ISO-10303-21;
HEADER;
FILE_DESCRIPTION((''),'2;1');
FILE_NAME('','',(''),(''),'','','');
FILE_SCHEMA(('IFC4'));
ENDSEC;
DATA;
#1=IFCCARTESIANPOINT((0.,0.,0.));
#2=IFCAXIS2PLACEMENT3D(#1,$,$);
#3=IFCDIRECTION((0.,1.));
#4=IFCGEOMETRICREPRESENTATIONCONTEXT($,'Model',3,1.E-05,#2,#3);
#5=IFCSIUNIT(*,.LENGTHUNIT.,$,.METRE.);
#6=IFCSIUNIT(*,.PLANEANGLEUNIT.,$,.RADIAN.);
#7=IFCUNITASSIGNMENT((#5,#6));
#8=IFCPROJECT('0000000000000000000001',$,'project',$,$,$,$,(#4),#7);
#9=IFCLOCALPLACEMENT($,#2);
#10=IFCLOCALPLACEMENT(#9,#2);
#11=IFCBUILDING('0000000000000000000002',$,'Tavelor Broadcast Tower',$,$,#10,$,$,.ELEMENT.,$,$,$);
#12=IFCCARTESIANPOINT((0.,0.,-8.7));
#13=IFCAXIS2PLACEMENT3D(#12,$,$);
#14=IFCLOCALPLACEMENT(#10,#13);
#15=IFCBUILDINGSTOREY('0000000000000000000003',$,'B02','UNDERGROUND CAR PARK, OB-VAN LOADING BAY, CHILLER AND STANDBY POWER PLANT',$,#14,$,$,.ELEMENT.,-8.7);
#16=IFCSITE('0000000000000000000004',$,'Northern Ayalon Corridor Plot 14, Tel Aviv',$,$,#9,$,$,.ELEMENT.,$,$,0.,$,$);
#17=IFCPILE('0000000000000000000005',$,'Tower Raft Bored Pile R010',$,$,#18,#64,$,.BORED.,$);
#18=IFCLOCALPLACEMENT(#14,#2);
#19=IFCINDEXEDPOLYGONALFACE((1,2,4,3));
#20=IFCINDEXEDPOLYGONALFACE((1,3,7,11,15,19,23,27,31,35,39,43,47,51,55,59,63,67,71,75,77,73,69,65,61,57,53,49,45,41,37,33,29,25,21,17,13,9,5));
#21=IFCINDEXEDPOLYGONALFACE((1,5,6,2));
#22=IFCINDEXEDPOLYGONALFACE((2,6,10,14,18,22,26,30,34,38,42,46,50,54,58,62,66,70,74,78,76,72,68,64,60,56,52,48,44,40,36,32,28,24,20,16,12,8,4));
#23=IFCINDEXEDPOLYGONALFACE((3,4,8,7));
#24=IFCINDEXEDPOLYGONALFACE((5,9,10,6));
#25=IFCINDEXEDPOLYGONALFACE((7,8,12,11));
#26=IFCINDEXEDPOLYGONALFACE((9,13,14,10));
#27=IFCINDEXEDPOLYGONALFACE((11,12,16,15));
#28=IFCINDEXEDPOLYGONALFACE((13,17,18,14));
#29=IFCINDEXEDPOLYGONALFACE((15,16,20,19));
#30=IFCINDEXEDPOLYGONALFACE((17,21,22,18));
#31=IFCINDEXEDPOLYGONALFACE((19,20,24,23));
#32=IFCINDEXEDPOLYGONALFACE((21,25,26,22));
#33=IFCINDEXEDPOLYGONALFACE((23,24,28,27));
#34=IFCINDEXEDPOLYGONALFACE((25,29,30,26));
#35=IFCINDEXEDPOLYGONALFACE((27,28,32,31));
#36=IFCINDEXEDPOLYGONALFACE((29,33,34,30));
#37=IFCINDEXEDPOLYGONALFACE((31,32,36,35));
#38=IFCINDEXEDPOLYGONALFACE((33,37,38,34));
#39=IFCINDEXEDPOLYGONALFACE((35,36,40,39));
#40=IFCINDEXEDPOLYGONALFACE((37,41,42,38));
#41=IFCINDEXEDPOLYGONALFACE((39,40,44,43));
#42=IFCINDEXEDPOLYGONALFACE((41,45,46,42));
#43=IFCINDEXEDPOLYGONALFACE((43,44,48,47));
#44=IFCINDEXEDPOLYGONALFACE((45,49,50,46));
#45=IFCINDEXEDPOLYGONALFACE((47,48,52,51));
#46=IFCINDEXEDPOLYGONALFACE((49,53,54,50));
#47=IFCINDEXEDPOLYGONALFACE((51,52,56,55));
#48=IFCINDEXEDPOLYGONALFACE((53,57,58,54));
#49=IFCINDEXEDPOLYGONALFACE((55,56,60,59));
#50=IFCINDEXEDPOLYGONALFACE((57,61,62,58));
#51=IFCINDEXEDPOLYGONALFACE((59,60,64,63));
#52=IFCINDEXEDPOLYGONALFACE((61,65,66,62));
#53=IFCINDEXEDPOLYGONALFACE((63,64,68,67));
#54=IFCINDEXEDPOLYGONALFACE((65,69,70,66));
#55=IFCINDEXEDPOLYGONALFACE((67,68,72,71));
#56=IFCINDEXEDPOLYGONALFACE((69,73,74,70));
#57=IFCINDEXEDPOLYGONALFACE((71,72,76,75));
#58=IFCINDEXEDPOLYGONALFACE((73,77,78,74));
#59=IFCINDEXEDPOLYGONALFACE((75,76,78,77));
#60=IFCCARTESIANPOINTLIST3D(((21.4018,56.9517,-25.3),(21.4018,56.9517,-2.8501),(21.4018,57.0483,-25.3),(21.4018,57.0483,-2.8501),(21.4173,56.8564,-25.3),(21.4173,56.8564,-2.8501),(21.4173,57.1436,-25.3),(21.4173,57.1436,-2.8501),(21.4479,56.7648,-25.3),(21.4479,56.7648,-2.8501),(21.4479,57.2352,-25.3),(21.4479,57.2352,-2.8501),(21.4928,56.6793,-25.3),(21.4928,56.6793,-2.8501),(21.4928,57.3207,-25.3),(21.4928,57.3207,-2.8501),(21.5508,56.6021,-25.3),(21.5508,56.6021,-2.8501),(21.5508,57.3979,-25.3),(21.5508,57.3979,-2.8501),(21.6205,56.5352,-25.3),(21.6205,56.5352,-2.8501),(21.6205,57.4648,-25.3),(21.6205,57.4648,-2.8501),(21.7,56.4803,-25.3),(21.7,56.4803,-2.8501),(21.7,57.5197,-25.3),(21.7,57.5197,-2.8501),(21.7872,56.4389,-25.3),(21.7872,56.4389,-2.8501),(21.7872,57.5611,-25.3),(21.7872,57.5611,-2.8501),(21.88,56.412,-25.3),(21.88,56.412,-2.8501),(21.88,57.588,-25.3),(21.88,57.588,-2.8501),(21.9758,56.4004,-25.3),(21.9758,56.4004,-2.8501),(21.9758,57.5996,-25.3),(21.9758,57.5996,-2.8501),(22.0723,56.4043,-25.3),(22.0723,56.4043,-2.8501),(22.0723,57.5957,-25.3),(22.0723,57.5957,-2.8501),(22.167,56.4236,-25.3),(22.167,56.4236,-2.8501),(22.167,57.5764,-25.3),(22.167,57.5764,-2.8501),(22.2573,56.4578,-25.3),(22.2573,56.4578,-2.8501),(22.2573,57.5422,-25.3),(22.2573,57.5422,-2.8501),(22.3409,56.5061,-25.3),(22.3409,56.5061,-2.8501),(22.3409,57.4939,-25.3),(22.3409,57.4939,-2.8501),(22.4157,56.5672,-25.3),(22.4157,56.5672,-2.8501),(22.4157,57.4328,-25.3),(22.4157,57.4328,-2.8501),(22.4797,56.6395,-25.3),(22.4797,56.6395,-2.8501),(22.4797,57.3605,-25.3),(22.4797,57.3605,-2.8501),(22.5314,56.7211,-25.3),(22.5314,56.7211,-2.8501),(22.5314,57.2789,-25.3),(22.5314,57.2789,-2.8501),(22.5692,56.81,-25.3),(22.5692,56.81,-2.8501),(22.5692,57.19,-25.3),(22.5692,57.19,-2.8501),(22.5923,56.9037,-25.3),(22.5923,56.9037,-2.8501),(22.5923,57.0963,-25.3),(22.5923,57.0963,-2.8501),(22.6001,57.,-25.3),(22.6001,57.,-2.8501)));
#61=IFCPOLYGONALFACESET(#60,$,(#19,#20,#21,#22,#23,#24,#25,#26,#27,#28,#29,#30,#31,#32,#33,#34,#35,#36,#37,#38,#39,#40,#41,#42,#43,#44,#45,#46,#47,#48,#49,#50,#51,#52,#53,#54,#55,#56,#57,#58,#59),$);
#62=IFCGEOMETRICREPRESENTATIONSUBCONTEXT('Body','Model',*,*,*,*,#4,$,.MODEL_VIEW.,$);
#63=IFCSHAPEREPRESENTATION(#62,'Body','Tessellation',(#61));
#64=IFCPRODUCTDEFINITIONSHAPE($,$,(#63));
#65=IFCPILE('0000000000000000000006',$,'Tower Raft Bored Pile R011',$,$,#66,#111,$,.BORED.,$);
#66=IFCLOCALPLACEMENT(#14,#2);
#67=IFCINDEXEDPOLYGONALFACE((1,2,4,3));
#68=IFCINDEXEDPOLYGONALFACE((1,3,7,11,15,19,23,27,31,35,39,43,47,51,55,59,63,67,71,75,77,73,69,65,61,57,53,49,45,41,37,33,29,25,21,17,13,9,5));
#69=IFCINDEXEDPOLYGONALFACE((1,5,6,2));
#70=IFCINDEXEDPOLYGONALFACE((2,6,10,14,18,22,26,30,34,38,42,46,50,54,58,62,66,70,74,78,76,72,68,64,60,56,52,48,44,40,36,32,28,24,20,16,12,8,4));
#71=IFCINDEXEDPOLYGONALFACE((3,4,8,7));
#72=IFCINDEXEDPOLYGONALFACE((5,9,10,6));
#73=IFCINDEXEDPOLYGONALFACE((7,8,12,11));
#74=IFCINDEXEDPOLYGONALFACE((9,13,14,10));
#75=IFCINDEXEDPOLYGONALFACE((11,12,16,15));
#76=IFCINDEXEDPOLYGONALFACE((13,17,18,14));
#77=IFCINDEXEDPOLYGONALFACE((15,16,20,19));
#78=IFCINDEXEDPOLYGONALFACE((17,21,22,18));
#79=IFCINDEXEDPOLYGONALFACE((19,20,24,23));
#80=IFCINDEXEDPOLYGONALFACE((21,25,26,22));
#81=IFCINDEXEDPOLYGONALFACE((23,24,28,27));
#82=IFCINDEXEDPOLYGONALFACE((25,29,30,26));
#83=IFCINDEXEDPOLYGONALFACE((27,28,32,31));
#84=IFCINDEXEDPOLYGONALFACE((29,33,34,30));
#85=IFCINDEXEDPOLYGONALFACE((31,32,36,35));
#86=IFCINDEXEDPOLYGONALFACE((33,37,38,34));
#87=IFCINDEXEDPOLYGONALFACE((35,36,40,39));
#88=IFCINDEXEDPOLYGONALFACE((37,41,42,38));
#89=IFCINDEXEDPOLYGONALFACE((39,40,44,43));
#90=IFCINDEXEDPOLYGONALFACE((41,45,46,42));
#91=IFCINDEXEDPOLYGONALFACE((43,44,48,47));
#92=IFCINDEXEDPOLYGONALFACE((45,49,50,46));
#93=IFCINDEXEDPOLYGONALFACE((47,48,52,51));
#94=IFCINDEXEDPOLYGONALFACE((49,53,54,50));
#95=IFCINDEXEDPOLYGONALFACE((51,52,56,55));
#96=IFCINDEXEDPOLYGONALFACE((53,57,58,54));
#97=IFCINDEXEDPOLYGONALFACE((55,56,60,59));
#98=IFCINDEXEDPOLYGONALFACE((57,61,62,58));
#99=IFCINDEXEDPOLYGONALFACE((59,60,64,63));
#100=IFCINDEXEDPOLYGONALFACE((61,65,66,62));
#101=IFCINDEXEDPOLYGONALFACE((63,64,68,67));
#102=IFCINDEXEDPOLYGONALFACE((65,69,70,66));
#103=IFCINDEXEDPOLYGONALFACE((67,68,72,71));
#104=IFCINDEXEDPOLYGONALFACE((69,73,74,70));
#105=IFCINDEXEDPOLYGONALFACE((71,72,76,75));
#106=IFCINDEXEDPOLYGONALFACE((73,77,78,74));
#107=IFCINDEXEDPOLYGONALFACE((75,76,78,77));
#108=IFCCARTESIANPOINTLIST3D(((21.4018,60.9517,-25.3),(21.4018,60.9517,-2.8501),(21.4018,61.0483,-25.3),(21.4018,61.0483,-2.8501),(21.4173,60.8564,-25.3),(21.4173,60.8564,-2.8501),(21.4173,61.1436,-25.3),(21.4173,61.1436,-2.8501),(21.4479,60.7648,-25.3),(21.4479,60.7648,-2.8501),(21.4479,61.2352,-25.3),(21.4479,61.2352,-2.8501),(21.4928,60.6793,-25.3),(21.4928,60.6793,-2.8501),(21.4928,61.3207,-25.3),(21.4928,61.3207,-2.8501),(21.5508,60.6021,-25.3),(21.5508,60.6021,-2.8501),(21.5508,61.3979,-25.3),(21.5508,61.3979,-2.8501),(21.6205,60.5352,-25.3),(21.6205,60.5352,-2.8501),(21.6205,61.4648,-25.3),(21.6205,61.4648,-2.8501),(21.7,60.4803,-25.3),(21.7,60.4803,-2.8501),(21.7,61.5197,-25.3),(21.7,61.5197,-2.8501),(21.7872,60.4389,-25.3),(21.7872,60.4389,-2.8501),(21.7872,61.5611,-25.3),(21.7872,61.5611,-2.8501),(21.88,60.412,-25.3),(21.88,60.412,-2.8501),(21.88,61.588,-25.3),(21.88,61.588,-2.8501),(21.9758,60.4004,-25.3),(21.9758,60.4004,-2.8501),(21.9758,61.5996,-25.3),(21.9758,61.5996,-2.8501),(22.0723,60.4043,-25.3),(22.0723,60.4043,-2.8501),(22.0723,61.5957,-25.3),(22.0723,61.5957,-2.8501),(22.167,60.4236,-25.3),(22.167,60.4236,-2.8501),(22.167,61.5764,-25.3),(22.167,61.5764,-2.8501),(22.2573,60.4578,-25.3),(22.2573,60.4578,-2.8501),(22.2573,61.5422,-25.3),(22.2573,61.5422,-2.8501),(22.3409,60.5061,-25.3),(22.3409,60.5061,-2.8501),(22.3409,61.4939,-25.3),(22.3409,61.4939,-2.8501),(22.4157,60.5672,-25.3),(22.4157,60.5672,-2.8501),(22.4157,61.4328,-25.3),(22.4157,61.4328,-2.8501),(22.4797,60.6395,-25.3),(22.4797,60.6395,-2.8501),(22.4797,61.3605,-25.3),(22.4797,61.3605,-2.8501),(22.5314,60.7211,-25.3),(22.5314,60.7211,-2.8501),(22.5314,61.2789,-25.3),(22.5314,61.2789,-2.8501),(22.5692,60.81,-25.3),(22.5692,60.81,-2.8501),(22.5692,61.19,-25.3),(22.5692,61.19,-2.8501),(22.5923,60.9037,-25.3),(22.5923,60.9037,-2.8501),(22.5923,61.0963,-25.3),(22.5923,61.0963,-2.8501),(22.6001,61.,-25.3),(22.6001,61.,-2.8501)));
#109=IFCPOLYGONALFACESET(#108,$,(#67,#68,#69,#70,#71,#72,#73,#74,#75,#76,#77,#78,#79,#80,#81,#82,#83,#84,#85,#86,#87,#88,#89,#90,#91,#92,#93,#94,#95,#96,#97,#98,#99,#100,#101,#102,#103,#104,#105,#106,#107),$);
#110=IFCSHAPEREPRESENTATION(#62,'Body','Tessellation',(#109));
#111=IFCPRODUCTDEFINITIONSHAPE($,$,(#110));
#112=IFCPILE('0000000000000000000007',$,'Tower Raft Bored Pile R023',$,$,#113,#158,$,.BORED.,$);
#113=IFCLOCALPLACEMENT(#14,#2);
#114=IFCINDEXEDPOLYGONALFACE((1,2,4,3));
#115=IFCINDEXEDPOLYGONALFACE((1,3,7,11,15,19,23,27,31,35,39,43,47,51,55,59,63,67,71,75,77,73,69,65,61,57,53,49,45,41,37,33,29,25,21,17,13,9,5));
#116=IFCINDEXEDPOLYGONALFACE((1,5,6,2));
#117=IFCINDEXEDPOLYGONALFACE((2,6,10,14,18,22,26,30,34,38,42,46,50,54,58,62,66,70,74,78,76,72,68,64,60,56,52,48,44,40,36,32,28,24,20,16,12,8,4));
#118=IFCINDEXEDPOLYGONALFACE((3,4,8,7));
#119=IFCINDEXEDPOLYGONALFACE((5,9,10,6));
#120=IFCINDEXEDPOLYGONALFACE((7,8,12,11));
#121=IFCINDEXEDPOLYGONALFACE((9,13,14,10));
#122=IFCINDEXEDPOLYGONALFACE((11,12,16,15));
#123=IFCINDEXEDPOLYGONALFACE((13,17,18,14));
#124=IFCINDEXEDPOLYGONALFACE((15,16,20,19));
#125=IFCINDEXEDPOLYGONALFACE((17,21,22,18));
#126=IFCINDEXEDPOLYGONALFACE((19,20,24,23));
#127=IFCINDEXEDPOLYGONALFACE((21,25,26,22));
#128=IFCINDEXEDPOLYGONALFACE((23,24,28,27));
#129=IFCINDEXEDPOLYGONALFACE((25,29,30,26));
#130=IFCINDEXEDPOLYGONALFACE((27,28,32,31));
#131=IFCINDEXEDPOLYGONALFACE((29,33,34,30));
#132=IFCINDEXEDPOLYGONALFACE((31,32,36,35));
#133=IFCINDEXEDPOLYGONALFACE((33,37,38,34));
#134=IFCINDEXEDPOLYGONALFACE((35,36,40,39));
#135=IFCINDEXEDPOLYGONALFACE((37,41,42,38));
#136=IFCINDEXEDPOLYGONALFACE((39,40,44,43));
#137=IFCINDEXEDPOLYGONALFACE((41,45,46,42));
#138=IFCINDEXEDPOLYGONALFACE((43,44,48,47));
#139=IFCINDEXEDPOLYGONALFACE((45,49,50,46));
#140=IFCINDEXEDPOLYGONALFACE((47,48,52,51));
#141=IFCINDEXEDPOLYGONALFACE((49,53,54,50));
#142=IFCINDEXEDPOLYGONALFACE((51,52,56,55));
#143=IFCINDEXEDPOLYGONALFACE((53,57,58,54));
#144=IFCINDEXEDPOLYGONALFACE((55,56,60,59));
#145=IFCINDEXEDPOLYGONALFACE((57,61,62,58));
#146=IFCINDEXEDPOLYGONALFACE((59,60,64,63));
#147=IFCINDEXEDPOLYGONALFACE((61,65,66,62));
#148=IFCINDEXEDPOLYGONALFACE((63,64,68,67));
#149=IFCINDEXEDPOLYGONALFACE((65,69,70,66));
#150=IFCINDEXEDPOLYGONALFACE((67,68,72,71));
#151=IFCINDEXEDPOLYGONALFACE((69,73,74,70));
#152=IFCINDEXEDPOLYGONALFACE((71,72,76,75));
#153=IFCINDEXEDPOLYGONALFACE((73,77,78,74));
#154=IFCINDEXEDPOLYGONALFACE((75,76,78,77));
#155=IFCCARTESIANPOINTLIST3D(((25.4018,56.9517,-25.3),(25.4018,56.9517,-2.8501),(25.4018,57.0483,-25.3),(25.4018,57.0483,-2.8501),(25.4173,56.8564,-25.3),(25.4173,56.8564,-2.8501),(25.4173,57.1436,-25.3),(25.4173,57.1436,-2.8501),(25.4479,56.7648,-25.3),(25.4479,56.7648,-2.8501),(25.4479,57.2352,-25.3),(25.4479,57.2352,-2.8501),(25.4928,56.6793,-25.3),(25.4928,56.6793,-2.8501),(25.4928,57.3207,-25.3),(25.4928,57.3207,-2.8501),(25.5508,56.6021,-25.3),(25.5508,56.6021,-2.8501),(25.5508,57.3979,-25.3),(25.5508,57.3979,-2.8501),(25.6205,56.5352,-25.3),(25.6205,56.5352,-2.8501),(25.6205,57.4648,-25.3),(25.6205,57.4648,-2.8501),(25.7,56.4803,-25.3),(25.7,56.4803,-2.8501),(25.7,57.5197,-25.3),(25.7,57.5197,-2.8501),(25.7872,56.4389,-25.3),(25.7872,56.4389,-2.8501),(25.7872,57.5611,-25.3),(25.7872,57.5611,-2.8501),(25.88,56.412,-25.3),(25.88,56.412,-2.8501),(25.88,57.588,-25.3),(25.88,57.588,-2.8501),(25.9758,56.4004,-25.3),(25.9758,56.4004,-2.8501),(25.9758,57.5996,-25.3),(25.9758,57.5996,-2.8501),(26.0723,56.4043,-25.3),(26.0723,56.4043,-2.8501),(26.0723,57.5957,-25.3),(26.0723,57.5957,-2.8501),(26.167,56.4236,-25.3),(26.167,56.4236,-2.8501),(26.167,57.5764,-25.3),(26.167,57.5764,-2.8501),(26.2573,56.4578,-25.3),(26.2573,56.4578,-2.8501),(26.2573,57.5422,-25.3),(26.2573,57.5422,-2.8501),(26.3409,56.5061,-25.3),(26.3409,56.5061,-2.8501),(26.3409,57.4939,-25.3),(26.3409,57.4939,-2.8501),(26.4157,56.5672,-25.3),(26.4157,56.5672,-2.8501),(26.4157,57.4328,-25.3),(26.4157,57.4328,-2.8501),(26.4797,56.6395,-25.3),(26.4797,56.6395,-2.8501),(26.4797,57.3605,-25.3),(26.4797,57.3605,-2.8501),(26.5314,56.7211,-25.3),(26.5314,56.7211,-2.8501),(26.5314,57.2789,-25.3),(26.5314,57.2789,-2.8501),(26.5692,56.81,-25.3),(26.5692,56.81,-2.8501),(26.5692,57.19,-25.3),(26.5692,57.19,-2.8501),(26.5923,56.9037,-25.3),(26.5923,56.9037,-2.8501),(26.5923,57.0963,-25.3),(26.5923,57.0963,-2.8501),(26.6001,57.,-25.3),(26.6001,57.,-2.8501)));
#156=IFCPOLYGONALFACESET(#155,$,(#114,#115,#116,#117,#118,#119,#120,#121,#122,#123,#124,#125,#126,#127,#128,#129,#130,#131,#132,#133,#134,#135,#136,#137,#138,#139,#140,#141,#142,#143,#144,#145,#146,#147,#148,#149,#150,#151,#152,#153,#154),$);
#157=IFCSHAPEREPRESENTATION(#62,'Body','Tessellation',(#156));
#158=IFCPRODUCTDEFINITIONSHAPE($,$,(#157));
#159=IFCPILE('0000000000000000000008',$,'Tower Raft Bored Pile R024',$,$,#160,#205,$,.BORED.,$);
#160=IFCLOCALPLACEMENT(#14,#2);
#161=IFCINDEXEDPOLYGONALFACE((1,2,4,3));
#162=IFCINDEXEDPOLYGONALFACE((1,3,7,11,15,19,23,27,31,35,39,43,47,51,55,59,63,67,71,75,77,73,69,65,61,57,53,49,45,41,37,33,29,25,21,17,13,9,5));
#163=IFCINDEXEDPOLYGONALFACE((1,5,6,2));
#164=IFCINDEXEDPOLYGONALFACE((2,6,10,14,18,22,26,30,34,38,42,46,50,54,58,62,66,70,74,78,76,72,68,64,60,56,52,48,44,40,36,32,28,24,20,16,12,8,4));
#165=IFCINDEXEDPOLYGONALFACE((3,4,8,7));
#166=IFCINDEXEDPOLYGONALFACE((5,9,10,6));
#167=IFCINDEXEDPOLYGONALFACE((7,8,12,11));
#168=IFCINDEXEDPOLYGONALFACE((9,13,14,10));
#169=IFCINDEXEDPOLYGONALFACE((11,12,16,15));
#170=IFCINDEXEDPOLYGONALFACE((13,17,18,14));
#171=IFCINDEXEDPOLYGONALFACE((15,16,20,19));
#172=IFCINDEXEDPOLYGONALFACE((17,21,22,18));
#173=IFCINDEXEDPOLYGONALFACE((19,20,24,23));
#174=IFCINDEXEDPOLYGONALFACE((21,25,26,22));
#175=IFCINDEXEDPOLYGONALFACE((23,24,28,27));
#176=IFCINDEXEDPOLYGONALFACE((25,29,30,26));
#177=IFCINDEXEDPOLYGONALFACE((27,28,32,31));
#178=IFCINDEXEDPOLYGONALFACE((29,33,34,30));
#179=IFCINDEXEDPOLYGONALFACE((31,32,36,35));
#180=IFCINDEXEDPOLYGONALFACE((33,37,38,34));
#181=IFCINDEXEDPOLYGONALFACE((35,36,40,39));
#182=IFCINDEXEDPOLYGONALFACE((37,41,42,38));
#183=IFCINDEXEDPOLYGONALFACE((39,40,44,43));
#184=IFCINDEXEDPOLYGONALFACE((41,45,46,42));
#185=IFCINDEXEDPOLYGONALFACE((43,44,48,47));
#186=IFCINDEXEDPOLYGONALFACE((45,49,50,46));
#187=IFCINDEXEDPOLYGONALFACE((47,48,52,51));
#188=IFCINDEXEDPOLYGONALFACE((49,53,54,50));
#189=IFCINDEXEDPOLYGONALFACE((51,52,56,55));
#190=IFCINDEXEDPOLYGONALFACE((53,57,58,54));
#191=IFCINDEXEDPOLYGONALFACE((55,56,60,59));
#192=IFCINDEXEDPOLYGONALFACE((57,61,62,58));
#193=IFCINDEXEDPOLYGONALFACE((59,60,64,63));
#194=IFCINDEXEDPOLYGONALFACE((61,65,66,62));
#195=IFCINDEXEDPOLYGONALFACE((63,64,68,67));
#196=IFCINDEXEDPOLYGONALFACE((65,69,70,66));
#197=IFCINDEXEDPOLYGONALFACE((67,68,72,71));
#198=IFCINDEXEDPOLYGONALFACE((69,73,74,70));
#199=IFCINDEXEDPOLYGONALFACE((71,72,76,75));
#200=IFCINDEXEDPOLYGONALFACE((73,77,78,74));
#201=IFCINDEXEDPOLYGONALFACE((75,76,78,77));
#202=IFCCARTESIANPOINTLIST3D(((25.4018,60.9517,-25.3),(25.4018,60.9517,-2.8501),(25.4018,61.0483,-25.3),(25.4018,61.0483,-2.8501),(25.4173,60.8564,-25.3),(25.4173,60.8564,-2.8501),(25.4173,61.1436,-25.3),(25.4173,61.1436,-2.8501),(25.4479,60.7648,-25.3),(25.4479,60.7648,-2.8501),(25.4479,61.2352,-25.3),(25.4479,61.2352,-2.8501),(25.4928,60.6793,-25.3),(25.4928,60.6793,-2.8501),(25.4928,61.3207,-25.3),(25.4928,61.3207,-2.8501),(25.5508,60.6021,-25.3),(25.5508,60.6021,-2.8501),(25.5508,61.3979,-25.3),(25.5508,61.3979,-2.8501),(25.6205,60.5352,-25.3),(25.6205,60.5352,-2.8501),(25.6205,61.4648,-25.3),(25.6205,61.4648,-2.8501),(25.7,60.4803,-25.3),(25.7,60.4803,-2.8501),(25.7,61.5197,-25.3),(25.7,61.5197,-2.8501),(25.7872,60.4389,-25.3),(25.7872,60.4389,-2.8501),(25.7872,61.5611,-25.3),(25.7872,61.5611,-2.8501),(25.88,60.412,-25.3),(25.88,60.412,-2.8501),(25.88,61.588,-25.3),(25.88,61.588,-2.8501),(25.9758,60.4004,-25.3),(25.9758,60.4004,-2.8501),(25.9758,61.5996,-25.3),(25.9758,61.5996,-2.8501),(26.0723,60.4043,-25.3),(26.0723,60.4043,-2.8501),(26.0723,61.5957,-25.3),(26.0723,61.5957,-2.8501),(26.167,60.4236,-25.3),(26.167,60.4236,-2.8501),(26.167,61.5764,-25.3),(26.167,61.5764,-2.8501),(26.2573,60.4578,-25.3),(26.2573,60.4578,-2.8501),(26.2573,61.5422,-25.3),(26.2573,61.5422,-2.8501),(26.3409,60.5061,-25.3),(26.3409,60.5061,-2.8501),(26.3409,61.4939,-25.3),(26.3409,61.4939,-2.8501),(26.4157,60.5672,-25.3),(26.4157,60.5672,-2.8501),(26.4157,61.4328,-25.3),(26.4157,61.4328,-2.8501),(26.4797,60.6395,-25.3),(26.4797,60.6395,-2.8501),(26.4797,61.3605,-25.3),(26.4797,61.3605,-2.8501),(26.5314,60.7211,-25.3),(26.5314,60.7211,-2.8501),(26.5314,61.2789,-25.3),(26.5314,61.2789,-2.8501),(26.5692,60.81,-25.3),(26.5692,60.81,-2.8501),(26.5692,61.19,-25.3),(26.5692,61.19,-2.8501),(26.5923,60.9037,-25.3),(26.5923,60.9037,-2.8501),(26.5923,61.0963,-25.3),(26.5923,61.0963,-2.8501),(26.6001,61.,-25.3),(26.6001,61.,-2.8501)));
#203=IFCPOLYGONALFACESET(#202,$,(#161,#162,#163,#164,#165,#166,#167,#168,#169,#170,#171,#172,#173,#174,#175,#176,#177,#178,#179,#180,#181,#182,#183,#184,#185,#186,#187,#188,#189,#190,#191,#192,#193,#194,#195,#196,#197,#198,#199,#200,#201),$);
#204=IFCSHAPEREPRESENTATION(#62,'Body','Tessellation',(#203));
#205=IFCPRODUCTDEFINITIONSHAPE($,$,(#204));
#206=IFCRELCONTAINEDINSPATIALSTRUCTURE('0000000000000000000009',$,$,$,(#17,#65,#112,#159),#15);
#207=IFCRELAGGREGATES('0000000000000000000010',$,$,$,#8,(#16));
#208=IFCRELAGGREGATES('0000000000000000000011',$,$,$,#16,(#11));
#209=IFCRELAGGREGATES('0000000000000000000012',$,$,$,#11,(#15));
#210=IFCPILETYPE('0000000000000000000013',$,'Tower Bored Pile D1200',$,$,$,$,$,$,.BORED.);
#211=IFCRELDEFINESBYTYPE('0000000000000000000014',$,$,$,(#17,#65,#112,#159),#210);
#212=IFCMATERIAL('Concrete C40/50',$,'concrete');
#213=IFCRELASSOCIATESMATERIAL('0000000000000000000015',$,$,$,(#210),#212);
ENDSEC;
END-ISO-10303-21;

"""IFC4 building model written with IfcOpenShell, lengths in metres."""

from ifc_helpers import new_model, si_unit, direction, frame, origin, origin_2d, place, context, subcontext, project, spatial, circle, extrude, material, material_profile, profile_set, type_object, element, save


model = new_model("IFC4")

# Units and contexts
model_context = context("Model", 3, precision=1e-05, world=origin(), true_north=direction((0.0, 1.0)))
body_context = subcontext(model_context, "Body", "Model", "MODEL_VIEW")
ifc_project = project(units=[si_unit("LENGTHUNIT", "METRE"), si_unit("PLANEANGLEUNIT", "RADIAN")], contexts=[model_context])

# Site, building, storey
site_placement = place(None, origin())
site = spatial("IfcSite", under=ifc_project, at=site_placement, Name="Northern Ayalon Corridor Plot 14, Tel Aviv", CompositionType="ELEMENT", RefElevation=0.0)
building_placement = place(site_placement, origin())
building = spatial("IfcBuilding", under=site, at=building_placement, Name="Tavelor Broadcast Tower", CompositionType="ELEMENT")
storey_placement = place(building_placement, frame((0.0, 0.0, -8.7)))
storey = spatial("IfcBuildingStorey", under=building, at=storey_placement, Name="B02", Description="UNDERGROUND CAR PARK, OB-VAN LOADING BAY, CHILLER AND STANDBY POWER PLANT", CompositionType="ELEMENT", Elevation=-8.7)

# Piles
ifc_material_1 = material(Name="Concrete C40/50", Category="concrete")
ifc_material_profile_1 = material_profile(ifc_material_1, circle(Radius=0.6001, at=origin_2d()), Name="PILE D1200")
ifc_profile_set_1 = profile_set([ifc_material_profile_1], Name="Concrete C40/50")
pile_type = type_object("IfcPileType", Name="Tower Bored Pile D1200", PredefinedType="BORED", material=ifc_profile_set_1)
for number, where, z_axis, x_axis, name in (
    (1, (22.0, 57.0, -2.8501), (0.0, 0.0, -1.0), (1.0, 0.0, 0.0), "Tower Raft Bored Pile R010"),
    (2, (22.0, 61.0, -2.8501), (0.0, 0.0, -1.0), (1.0, 0.0, 0.0), "Tower Raft Bored Pile R011"),
    (3, (26.0, 57.0, -2.8501), (0.0, 0.0, -1.0), (1.0, 0.0, 0.0), "Tower Raft Bored Pile R023"),
    (4, (26.0, 61.0, -2.8501), (0.0, 0.0, -1.0), (1.0, 0.0, 0.0), "Tower Raft Bored Pile R024"),
):
    element("IfcPile", number, at=place(storey_placement, frame(where, z_axis=z_axis, x_axis=x_axis)), inside=storey, type_object=pile_type, Name=name, PredefinedType="BORED", context=body_context, shape_type="SweptSolid", body=[
        extrude(circle(Radius=0.6001, at=origin_2d()), origin(), (0.0, 0.0, 1.0), 22.45),
    ])

save(model, "model.ifc")
